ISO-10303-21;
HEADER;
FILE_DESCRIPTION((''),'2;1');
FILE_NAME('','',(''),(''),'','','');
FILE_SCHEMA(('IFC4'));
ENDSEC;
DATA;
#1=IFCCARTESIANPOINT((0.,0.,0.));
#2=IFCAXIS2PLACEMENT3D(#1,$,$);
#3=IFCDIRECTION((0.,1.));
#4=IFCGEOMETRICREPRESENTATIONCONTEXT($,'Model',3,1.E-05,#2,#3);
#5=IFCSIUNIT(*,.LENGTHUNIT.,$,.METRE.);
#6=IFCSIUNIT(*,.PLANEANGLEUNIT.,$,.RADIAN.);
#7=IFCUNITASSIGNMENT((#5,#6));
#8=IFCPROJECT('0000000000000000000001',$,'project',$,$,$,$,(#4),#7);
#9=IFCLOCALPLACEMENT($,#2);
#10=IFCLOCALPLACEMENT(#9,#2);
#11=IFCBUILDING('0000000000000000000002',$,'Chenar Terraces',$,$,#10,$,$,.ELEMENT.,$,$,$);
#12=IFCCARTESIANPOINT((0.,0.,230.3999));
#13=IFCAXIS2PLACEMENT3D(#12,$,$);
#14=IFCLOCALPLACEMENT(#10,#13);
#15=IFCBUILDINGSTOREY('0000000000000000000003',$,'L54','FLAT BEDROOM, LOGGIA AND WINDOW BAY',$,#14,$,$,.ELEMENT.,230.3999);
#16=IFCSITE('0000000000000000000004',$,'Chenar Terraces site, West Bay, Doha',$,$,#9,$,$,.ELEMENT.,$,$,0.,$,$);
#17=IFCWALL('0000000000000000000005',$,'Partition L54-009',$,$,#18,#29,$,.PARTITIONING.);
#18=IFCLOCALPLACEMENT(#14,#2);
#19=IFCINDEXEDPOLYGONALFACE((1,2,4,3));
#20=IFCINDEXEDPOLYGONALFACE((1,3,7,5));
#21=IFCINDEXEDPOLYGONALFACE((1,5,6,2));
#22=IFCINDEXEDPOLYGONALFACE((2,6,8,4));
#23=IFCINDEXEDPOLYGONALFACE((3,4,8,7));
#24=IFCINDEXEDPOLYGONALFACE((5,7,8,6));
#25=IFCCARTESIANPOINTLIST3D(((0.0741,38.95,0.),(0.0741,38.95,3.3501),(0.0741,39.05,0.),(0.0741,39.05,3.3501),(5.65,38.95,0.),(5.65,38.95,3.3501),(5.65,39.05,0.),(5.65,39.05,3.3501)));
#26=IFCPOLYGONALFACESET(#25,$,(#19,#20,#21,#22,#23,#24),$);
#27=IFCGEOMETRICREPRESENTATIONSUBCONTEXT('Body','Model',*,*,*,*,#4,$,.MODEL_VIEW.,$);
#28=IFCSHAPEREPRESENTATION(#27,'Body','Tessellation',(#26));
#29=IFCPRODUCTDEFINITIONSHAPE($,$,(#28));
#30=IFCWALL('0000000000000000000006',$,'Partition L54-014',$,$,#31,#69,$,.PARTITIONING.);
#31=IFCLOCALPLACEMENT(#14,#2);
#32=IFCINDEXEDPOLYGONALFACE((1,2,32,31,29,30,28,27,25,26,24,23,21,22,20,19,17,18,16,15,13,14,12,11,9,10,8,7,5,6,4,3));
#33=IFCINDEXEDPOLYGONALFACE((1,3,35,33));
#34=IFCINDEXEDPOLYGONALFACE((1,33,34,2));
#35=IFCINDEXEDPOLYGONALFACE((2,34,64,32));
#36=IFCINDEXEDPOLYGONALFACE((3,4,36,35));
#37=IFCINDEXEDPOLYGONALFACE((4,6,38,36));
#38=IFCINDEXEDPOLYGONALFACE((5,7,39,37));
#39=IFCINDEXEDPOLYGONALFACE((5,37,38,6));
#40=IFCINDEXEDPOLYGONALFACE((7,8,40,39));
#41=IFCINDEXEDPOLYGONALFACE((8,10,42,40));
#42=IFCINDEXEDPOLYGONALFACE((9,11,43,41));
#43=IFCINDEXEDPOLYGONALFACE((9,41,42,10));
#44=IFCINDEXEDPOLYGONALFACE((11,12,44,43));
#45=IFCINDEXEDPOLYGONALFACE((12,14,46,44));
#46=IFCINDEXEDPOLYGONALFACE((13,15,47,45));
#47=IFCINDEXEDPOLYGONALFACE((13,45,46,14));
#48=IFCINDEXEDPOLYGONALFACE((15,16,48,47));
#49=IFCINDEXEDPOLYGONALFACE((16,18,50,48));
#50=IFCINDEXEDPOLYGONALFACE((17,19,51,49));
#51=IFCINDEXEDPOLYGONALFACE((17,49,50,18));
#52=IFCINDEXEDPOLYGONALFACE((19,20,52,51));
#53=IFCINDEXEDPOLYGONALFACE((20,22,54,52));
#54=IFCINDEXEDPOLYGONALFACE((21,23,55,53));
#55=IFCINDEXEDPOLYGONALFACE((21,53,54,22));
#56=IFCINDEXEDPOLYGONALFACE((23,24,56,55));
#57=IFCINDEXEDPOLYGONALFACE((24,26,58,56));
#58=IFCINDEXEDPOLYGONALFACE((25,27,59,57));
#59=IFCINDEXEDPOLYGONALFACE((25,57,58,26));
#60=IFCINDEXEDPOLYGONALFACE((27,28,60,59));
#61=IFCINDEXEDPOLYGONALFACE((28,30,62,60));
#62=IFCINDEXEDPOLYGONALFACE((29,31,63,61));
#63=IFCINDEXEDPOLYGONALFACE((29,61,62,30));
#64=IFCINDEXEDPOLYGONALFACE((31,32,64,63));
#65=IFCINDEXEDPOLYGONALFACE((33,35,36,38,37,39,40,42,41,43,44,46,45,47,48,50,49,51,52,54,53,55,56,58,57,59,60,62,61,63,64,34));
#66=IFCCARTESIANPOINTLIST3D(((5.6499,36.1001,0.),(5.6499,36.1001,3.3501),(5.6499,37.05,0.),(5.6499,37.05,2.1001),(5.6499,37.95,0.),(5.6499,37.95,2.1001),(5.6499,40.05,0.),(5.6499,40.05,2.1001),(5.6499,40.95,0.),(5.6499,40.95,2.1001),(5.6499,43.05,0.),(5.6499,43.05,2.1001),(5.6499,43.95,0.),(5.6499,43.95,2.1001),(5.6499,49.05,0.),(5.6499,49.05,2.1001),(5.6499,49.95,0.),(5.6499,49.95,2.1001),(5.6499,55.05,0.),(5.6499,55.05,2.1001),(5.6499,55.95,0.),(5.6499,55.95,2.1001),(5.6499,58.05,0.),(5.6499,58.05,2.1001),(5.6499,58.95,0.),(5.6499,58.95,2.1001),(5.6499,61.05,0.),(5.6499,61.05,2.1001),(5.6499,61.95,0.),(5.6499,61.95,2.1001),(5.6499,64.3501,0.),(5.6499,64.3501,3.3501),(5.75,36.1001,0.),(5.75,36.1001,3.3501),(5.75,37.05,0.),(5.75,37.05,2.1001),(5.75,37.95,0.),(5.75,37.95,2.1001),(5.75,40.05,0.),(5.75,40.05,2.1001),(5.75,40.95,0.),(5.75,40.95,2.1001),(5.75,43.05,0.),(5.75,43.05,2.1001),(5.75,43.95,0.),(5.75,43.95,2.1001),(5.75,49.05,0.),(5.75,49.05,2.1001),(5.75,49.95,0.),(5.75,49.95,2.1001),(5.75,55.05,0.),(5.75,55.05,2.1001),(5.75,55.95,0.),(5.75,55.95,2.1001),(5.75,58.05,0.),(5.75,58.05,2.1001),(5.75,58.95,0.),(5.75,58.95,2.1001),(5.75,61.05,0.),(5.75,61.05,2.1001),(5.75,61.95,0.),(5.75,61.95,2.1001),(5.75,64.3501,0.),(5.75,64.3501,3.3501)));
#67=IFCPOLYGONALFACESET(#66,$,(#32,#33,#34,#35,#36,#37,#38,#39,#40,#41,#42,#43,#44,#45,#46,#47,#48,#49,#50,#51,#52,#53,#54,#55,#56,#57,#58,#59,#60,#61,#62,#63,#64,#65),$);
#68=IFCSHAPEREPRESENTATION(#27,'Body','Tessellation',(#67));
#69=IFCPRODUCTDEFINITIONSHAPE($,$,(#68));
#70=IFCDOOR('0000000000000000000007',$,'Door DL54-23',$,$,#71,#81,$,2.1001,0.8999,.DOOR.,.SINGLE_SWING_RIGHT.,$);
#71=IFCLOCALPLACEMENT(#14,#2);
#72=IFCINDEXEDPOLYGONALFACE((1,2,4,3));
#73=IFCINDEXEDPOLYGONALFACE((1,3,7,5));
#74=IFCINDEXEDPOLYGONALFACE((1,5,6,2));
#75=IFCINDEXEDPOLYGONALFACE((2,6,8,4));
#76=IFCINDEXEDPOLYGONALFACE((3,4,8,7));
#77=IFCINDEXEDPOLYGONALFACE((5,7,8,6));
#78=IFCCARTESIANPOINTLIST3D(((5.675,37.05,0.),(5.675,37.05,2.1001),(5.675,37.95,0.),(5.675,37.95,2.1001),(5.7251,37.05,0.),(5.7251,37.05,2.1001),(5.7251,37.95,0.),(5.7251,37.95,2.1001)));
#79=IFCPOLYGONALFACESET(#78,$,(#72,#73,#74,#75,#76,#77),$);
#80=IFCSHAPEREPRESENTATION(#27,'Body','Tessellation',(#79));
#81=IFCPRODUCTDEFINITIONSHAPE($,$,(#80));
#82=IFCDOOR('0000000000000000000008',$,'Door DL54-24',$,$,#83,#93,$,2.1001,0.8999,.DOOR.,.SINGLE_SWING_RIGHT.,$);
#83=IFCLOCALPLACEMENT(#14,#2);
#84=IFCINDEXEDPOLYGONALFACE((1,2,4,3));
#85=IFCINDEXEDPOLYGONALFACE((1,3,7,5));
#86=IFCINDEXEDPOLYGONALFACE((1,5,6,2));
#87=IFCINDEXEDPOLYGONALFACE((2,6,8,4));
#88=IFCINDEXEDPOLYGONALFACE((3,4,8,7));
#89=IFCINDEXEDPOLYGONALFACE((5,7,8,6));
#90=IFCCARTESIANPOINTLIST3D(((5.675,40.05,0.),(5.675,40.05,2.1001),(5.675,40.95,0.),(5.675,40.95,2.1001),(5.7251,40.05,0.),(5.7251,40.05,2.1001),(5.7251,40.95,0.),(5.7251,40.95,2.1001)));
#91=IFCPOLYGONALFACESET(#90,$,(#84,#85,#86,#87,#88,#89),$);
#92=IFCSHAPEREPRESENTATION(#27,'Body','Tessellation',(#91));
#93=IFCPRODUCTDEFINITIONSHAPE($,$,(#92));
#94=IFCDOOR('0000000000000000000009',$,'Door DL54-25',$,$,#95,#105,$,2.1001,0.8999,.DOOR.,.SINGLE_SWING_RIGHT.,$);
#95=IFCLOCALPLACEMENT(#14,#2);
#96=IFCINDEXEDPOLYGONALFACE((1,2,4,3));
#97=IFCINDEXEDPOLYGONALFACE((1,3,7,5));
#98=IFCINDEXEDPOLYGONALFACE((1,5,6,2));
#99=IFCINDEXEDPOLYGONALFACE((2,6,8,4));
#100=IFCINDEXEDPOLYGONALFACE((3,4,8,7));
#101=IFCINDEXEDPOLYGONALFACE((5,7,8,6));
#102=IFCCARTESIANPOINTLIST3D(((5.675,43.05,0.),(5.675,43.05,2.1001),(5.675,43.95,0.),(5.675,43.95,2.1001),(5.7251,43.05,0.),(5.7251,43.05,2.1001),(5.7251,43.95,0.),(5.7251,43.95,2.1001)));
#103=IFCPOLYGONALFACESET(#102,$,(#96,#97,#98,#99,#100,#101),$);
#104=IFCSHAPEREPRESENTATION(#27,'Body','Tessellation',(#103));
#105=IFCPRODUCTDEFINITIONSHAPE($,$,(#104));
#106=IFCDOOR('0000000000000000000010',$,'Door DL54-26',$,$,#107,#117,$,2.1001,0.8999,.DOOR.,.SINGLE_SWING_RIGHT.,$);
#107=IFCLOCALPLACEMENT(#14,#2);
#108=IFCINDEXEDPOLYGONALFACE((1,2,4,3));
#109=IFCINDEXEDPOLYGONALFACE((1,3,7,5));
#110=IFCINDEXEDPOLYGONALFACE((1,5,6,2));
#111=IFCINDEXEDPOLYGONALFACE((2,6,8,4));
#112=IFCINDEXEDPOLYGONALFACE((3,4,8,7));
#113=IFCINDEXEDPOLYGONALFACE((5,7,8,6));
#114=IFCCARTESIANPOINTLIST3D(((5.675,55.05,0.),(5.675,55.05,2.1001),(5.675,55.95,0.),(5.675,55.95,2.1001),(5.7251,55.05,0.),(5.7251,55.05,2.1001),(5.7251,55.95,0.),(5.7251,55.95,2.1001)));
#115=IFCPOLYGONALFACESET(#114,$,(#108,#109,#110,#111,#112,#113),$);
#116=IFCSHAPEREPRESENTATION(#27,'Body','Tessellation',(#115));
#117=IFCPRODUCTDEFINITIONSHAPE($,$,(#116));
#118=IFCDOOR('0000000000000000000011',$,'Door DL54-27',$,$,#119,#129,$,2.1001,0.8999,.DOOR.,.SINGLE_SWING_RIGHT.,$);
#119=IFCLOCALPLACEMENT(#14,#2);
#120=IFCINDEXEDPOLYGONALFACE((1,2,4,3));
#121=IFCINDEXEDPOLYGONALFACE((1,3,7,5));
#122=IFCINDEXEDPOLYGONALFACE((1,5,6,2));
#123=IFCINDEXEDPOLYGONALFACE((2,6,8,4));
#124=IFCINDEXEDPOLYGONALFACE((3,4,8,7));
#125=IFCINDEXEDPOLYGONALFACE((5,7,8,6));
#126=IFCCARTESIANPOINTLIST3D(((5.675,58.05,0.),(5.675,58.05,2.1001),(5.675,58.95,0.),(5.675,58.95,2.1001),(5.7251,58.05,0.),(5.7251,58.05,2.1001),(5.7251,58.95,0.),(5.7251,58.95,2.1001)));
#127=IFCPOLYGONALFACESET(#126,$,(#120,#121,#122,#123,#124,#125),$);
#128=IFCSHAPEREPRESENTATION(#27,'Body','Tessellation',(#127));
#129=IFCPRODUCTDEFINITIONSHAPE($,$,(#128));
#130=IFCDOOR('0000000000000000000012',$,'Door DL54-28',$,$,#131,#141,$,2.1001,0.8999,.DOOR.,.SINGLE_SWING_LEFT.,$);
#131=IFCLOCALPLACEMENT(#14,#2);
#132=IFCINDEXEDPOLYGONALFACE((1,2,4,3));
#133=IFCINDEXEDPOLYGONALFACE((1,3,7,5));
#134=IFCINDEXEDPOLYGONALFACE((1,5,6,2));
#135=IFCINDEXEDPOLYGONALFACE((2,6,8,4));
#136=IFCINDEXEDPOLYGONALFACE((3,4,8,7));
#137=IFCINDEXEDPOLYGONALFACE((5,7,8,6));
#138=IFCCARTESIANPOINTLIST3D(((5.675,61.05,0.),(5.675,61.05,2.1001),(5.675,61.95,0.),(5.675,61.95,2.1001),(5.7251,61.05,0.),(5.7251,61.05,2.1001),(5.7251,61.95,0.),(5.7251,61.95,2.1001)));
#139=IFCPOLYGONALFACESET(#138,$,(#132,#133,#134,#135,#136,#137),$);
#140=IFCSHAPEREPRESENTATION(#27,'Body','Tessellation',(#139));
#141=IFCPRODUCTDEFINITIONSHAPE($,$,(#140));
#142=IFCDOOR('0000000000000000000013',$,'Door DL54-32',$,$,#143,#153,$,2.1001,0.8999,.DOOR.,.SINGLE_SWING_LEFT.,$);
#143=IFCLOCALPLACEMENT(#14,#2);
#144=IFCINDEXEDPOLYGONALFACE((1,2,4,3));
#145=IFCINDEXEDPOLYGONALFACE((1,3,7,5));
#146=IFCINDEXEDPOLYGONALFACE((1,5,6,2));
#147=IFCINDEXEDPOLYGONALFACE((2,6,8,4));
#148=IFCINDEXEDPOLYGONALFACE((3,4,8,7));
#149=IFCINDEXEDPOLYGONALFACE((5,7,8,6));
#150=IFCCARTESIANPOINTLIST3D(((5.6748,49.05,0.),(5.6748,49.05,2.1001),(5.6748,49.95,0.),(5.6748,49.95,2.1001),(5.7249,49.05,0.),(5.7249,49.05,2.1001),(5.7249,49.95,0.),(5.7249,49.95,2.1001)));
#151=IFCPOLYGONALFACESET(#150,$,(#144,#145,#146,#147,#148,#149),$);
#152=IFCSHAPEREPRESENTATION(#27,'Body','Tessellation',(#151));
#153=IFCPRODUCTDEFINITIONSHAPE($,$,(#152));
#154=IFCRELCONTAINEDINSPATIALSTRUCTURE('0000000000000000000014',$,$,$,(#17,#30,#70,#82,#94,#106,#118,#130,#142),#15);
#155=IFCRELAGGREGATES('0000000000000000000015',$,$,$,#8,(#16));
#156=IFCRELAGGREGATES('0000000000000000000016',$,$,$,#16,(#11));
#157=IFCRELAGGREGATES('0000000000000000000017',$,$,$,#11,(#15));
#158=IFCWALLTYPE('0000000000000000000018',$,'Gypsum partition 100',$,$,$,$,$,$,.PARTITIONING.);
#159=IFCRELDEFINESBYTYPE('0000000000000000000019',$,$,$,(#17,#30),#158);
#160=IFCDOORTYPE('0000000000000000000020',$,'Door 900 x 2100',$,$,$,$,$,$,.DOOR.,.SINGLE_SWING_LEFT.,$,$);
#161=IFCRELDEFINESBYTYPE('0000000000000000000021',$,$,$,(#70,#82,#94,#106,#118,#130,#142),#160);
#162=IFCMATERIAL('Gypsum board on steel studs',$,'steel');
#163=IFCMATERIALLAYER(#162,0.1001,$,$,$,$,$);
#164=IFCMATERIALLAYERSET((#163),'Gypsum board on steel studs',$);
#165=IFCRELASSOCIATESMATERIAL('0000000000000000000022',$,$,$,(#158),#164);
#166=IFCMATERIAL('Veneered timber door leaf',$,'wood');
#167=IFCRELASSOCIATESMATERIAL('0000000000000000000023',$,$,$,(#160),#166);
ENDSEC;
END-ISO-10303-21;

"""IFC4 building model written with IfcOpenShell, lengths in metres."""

from ifc_helpers import new_model, si_unit, direction, frame, frame_2d, origin, place, context, subcontext, project, spatial, rectangle, extrude, material, layer, layer_set, type_object, element, fill, save


model = new_model("IFC4")

# Units and contexts
model_context = context("Model", 3, precision=1e-05, world=origin(), true_north=direction((0.0, 1.0)))
body_context = subcontext(model_context, "Body", "Model", "MODEL_VIEW")
ifc_project = project(units=[si_unit("LENGTHUNIT", "METRE"), si_unit("PLANEANGLEUNIT", "RADIAN")], contexts=[model_context])

# Site, building, storey
site_placement = place(None, origin())
site = spatial("IfcSite", under=ifc_project, at=site_placement, Name="Chenar Terraces site, West Bay, Doha", CompositionType="ELEMENT", RefElevation=0.0)
building_placement = place(site_placement, origin())
building = spatial("IfcBuilding", under=site, at=building_placement, Name="Chenar Terraces", CompositionType="ELEMENT")
storey_placement = place(building_placement, frame((0.0, 0.0, 230.3999)))
storey = spatial("IfcBuildingStorey", under=building, at=storey_placement, Name="L54", Description="FLAT BEDROOM, LOGGIA AND WINDOW BAY", CompositionType="ELEMENT", Elevation=230.3999)

# Wall
ifc_material_1 = material(Name="Gypsum board on steel studs", Category="steel")
ifc_layer_1 = layer(ifc_material_1, 0.1001)
ifc_layer_set_1 = layer_set([ifc_layer_1], Name="Gypsum board on steel studs")
wall_type_1 = type_object("IfcWallType", Name="Gypsum partition 100", PredefinedType="PARTITIONING", material=ifc_layer_set_1)
wall_1_placement = place(storey_placement, frame((0.074, 39.0, 0.0), z_axis=(0.0, 0.0, 1.0), x_axis=(1.0, 0.0, 0.0)))
element("IfcWall", 1, at=wall_1_placement, inside=storey, type_object=wall_type_1, Name="Partition L54-009", PredefinedType="PARTITIONING", context=body_context, shape_type="SweptSolid", body=[
    extrude(rectangle(XDim=5.5759, YDim=0.1001, at=frame_2d((2.7881, 0.0))), origin(), (0.0, 0.0, 1.0), 3.3501),
])

# Wall, openings, doors
wall_2_placement = place(storey_placement, frame((5.7, 36.1001, 0.0), z_axis=(0.0, 0.0, 1.0), x_axis=(0.0, 1.0, 0.0)))
wall_2 = element("IfcWall", 2, at=wall_2_placement, inside=storey, type_object=wall_type_1, Name="Partition L54-014", PredefinedType="PARTITIONING", context=body_context, shape_type="SweptSolid", body=[
    extrude(rectangle(XDim=28.25, YDim=0.1001, at=frame_2d((14.125, 0.0))), origin(), (0.0, 0.0, 1.0), 3.3501),
])
opening_1_placement = place(wall_2_placement, frame((0.95, 0.0, 0.0)))
opening_1 = element("IfcOpeningElement", 3, at=opening_1_placement, cuts=wall_2, PredefinedType="OPENING", context=body_context, shape_type="SweptSolid", body=[
    extrude(rectangle(XDim=0.8999, YDim=2.1001, at=frame_2d((0.45, 1.05))), frame((0.0, 0.0601, 0.0), z_axis=(0.0, -1.0, 0.0), x_axis=(1.0, 0.0, 0.0)), (0.0, 0.0, 1.0), 0.1201),
])
opening_2_placement = place(wall_2_placement, frame((3.95, 0.0, 0.0)))
opening_2 = element("IfcOpeningElement", 4, at=opening_2_placement, cuts=wall_2, PredefinedType="OPENING", context=body_context, shape_type="SweptSolid", body=[
    extrude(rectangle(XDim=0.8999, YDim=2.1001, at=frame_2d((0.45, 1.05))), frame((0.0, 0.0601, 0.0), z_axis=(0.0, -1.0, 0.0), x_axis=(1.0, 0.0, 0.0)), (0.0, 0.0, 1.0), 0.1201),
])
opening_3_placement = place(wall_2_placement, frame((6.95, 0.0, 0.0)))
opening_3 = element("IfcOpeningElement", 5, at=opening_3_placement, cuts=wall_2, PredefinedType="OPENING", context=body_context, shape_type="SweptSolid", body=[
    extrude(rectangle(XDim=0.8999, YDim=2.1001, at=frame_2d((0.45, 1.05))), frame((0.0, 0.0601, 0.0), z_axis=(0.0, -1.0, 0.0), x_axis=(1.0, 0.0, 0.0)), (0.0, 0.0, 1.0), 0.1201),
])
opening_4_placement = place(wall_2_placement, frame((18.95, 0.0, 0.0)))
opening_4 = element("IfcOpeningElement", 6, at=opening_4_placement, cuts=wall_2, PredefinedType="OPENING", context=body_context, shape_type="SweptSolid", body=[
    extrude(rectangle(XDim=0.8999, YDim=2.1001, at=frame_2d((0.45, 1.05))), frame((0.0, 0.0601, 0.0), z_axis=(0.0, -1.0, 0.0), x_axis=(1.0, 0.0, 0.0)), (0.0, 0.0, 1.0), 0.1201),
])
opening_5_placement = place(wall_2_placement, frame((21.95, 0.0, 0.0)))
opening_5 = element("IfcOpeningElement", 7, at=opening_5_placement, cuts=wall_2, PredefinedType="OPENING", context=body_context, shape_type="SweptSolid", body=[
    extrude(rectangle(XDim=0.8999, YDim=2.1001, at=frame_2d((0.45, 1.05))), frame((0.0, 0.0601, 0.0), z_axis=(0.0, -1.0, 0.0), x_axis=(1.0, 0.0, 0.0)), (0.0, 0.0, 1.0), 0.1201),
])
opening_6_placement = place(wall_2_placement, frame((24.95, 0.0, 0.0)))
opening_6 = element("IfcOpeningElement", 8, at=opening_6_placement, cuts=wall_2, PredefinedType="OPENING", context=body_context, shape_type="SweptSolid", body=[
    extrude(rectangle(XDim=0.8999, YDim=2.1001, at=frame_2d((0.45, 1.05))), frame((0.0, 0.0601, 0.0), z_axis=(0.0, -1.0, 0.0), x_axis=(1.0, 0.0, 0.0)), (0.0, 0.0, 1.0), 0.1201),
])
opening_7_placement = place(wall_2_placement, frame((12.95, 0.0, 0.0)))
opening_7 = element("IfcOpeningElement", 9, at=opening_7_placement, cuts=wall_2, PredefinedType="OPENING", context=body_context, shape_type="SweptSolid", body=[
    extrude(rectangle(XDim=0.8999, YDim=2.1001, at=frame_2d((0.45, 1.05))), frame((0.0, 0.0601, 0.0), z_axis=(0.0, -1.0, 0.0), x_axis=(1.0, 0.0, 0.0)), (0.0, 0.0, 1.0), 0.1201),
])
ifc_material_2 = material(Name="Veneered timber door leaf", Category="wood")
door_type_1 = type_object("IfcDoorType", Name="Door 900 x 2100", OperationType="SINGLE_SWING_LEFT", PredefinedType="DOOR", material=ifc_material_2)
door_1_placement = place(opening_1_placement, origin())
door_1 = element("IfcDoor", 10, at=door_1_placement, inside=storey, type_object=door_type_1, Name="Door DL54-23", OperationType="SINGLE_SWING_RIGHT", OverallHeight=2.1001, OverallWidth=0.8999, PredefinedType="DOOR", context=body_context, shape_type="SweptSolid", body=[
    extrude(rectangle(XDim=0.8999, YDim=2.1001, at=frame_2d((0.45, 1.05))), frame((0.0, 0.0249, 0.0), z_axis=(0.0, -1.0, 0.0), x_axis=(1.0, 0.0, 0.0)), (0.0, 0.0, 1.0), 0.05),
])
fill(opening_1, door_1)
door_2_placement = place(opening_2_placement, origin())
door_2 = element("IfcDoor", 11, at=door_2_placement, inside=storey, type_object=door_type_1, Name="Door DL54-24", OperationType="SINGLE_SWING_RIGHT", OverallHeight=2.1001, OverallWidth=0.8999, PredefinedType="DOOR", context=body_context, shape_type="SweptSolid", body=[
    extrude(rectangle(XDim=0.8999, YDim=2.1001, at=frame_2d((0.45, 1.05))), frame((0.0, 0.0249, 0.0), z_axis=(0.0, -1.0, 0.0), x_axis=(1.0, 0.0, 0.0)), (0.0, 0.0, 1.0), 0.05),
])
fill(opening_2, door_2)
door_3_placement = place(opening_3_placement, origin())
door_3 = element("IfcDoor", 12, at=door_3_placement, inside=storey, type_object=door_type_1, Name="Door DL54-25", OperationType="SINGLE_SWING_RIGHT", OverallHeight=2.1001, OverallWidth=0.8999, PredefinedType="DOOR", context=body_context, shape_type="SweptSolid", body=[
    extrude(rectangle(XDim=0.8999, YDim=2.1001, at=frame_2d((0.45, 1.05))), frame((0.0, 0.0249, 0.0), z_axis=(0.0, -1.0, 0.0), x_axis=(1.0, 0.0, 0.0)), (0.0, 0.0, 1.0), 0.05),
])
fill(opening_3, door_3)
door_4_placement = place(opening_4_placement, origin())
door_4 = element("IfcDoor", 13, at=door_4_placement, inside=storey, type_object=door_type_1, Name="Door DL54-26", OperationType="SINGLE_SWING_RIGHT", OverallHeight=2.1001, OverallWidth=0.8999, PredefinedType="DOOR", context=body_context, shape_type="SweptSolid", body=[
    extrude(rectangle(XDim=0.8999, YDim=2.1001, at=frame_2d((0.45, 1.05))), frame((0.0, 0.0249, 0.0), z_axis=(0.0, -1.0, 0.0), x_axis=(1.0, 0.0, 0.0)), (0.0, 0.0, 1.0), 0.05),
])
fill(opening_4, door_4)
door_5_placement = place(opening_5_placement, origin())
door_5 = element("IfcDoor", 14, at=door_5_placement, inside=storey, type_object=door_type_1, Name="Door DL54-27", OperationType="SINGLE_SWING_RIGHT", OverallHeight=2.1001, OverallWidth=0.8999, PredefinedType="DOOR", context=body_context, shape_type="SweptSolid", body=[
    extrude(rectangle(XDim=0.8999, YDim=2.1001, at=frame_2d((0.45, 1.05))), frame((0.0, 0.0249, 0.0), z_axis=(0.0, -1.0, 0.0), x_axis=(1.0, 0.0, 0.0)), (0.0, 0.0, 1.0), 0.05),
])
fill(opening_5, door_5)
door_6_placement = place(opening_6_placement, origin())
door_6 = element("IfcDoor", 15, at=door_6_placement, inside=storey, type_object=door_type_1, Name="Door DL54-28", OperationType="SINGLE_SWING_LEFT", OverallHeight=2.1001, OverallWidth=0.8999, PredefinedType="DOOR", context=body_context, shape_type="SweptSolid", body=[
    extrude(rectangle(XDim=0.8999, YDim=2.1001, at=frame_2d((0.45, 1.05))), frame((0.0, 0.0249, 0.0), z_axis=(0.0, -1.0, 0.0), x_axis=(1.0, 0.0, 0.0)), (0.0, 0.0, 1.0), 0.05),
])
fill(opening_6, door_6)
door_7_placement = place(opening_7_placement, frame((0.8999, 0.0, 0.0), z_axis=(0.0, 0.0, 1.0), x_axis=(-1.0, 0.0, 0.0)))
door_7 = element("IfcDoor", 16, at=door_7_placement, inside=storey, type_object=door_type_1, Name="Door DL54-32", OperationType="SINGLE_SWING_LEFT", OverallHeight=2.1001, OverallWidth=0.8999, PredefinedType="DOOR", context=body_context, shape_type="SweptSolid", body=[
    extrude(rectangle(XDim=0.8999, YDim=2.1001, at=frame_2d((0.45, 1.05))), frame((0.0, 0.0249, 0.0), z_axis=(0.0, -1.0, 0.0), x_axis=(1.0, 0.0, 0.0)), (0.0, 0.0, 1.0), 0.05),
])
fill(opening_7, door_7)

save(model, "model.ifc")
